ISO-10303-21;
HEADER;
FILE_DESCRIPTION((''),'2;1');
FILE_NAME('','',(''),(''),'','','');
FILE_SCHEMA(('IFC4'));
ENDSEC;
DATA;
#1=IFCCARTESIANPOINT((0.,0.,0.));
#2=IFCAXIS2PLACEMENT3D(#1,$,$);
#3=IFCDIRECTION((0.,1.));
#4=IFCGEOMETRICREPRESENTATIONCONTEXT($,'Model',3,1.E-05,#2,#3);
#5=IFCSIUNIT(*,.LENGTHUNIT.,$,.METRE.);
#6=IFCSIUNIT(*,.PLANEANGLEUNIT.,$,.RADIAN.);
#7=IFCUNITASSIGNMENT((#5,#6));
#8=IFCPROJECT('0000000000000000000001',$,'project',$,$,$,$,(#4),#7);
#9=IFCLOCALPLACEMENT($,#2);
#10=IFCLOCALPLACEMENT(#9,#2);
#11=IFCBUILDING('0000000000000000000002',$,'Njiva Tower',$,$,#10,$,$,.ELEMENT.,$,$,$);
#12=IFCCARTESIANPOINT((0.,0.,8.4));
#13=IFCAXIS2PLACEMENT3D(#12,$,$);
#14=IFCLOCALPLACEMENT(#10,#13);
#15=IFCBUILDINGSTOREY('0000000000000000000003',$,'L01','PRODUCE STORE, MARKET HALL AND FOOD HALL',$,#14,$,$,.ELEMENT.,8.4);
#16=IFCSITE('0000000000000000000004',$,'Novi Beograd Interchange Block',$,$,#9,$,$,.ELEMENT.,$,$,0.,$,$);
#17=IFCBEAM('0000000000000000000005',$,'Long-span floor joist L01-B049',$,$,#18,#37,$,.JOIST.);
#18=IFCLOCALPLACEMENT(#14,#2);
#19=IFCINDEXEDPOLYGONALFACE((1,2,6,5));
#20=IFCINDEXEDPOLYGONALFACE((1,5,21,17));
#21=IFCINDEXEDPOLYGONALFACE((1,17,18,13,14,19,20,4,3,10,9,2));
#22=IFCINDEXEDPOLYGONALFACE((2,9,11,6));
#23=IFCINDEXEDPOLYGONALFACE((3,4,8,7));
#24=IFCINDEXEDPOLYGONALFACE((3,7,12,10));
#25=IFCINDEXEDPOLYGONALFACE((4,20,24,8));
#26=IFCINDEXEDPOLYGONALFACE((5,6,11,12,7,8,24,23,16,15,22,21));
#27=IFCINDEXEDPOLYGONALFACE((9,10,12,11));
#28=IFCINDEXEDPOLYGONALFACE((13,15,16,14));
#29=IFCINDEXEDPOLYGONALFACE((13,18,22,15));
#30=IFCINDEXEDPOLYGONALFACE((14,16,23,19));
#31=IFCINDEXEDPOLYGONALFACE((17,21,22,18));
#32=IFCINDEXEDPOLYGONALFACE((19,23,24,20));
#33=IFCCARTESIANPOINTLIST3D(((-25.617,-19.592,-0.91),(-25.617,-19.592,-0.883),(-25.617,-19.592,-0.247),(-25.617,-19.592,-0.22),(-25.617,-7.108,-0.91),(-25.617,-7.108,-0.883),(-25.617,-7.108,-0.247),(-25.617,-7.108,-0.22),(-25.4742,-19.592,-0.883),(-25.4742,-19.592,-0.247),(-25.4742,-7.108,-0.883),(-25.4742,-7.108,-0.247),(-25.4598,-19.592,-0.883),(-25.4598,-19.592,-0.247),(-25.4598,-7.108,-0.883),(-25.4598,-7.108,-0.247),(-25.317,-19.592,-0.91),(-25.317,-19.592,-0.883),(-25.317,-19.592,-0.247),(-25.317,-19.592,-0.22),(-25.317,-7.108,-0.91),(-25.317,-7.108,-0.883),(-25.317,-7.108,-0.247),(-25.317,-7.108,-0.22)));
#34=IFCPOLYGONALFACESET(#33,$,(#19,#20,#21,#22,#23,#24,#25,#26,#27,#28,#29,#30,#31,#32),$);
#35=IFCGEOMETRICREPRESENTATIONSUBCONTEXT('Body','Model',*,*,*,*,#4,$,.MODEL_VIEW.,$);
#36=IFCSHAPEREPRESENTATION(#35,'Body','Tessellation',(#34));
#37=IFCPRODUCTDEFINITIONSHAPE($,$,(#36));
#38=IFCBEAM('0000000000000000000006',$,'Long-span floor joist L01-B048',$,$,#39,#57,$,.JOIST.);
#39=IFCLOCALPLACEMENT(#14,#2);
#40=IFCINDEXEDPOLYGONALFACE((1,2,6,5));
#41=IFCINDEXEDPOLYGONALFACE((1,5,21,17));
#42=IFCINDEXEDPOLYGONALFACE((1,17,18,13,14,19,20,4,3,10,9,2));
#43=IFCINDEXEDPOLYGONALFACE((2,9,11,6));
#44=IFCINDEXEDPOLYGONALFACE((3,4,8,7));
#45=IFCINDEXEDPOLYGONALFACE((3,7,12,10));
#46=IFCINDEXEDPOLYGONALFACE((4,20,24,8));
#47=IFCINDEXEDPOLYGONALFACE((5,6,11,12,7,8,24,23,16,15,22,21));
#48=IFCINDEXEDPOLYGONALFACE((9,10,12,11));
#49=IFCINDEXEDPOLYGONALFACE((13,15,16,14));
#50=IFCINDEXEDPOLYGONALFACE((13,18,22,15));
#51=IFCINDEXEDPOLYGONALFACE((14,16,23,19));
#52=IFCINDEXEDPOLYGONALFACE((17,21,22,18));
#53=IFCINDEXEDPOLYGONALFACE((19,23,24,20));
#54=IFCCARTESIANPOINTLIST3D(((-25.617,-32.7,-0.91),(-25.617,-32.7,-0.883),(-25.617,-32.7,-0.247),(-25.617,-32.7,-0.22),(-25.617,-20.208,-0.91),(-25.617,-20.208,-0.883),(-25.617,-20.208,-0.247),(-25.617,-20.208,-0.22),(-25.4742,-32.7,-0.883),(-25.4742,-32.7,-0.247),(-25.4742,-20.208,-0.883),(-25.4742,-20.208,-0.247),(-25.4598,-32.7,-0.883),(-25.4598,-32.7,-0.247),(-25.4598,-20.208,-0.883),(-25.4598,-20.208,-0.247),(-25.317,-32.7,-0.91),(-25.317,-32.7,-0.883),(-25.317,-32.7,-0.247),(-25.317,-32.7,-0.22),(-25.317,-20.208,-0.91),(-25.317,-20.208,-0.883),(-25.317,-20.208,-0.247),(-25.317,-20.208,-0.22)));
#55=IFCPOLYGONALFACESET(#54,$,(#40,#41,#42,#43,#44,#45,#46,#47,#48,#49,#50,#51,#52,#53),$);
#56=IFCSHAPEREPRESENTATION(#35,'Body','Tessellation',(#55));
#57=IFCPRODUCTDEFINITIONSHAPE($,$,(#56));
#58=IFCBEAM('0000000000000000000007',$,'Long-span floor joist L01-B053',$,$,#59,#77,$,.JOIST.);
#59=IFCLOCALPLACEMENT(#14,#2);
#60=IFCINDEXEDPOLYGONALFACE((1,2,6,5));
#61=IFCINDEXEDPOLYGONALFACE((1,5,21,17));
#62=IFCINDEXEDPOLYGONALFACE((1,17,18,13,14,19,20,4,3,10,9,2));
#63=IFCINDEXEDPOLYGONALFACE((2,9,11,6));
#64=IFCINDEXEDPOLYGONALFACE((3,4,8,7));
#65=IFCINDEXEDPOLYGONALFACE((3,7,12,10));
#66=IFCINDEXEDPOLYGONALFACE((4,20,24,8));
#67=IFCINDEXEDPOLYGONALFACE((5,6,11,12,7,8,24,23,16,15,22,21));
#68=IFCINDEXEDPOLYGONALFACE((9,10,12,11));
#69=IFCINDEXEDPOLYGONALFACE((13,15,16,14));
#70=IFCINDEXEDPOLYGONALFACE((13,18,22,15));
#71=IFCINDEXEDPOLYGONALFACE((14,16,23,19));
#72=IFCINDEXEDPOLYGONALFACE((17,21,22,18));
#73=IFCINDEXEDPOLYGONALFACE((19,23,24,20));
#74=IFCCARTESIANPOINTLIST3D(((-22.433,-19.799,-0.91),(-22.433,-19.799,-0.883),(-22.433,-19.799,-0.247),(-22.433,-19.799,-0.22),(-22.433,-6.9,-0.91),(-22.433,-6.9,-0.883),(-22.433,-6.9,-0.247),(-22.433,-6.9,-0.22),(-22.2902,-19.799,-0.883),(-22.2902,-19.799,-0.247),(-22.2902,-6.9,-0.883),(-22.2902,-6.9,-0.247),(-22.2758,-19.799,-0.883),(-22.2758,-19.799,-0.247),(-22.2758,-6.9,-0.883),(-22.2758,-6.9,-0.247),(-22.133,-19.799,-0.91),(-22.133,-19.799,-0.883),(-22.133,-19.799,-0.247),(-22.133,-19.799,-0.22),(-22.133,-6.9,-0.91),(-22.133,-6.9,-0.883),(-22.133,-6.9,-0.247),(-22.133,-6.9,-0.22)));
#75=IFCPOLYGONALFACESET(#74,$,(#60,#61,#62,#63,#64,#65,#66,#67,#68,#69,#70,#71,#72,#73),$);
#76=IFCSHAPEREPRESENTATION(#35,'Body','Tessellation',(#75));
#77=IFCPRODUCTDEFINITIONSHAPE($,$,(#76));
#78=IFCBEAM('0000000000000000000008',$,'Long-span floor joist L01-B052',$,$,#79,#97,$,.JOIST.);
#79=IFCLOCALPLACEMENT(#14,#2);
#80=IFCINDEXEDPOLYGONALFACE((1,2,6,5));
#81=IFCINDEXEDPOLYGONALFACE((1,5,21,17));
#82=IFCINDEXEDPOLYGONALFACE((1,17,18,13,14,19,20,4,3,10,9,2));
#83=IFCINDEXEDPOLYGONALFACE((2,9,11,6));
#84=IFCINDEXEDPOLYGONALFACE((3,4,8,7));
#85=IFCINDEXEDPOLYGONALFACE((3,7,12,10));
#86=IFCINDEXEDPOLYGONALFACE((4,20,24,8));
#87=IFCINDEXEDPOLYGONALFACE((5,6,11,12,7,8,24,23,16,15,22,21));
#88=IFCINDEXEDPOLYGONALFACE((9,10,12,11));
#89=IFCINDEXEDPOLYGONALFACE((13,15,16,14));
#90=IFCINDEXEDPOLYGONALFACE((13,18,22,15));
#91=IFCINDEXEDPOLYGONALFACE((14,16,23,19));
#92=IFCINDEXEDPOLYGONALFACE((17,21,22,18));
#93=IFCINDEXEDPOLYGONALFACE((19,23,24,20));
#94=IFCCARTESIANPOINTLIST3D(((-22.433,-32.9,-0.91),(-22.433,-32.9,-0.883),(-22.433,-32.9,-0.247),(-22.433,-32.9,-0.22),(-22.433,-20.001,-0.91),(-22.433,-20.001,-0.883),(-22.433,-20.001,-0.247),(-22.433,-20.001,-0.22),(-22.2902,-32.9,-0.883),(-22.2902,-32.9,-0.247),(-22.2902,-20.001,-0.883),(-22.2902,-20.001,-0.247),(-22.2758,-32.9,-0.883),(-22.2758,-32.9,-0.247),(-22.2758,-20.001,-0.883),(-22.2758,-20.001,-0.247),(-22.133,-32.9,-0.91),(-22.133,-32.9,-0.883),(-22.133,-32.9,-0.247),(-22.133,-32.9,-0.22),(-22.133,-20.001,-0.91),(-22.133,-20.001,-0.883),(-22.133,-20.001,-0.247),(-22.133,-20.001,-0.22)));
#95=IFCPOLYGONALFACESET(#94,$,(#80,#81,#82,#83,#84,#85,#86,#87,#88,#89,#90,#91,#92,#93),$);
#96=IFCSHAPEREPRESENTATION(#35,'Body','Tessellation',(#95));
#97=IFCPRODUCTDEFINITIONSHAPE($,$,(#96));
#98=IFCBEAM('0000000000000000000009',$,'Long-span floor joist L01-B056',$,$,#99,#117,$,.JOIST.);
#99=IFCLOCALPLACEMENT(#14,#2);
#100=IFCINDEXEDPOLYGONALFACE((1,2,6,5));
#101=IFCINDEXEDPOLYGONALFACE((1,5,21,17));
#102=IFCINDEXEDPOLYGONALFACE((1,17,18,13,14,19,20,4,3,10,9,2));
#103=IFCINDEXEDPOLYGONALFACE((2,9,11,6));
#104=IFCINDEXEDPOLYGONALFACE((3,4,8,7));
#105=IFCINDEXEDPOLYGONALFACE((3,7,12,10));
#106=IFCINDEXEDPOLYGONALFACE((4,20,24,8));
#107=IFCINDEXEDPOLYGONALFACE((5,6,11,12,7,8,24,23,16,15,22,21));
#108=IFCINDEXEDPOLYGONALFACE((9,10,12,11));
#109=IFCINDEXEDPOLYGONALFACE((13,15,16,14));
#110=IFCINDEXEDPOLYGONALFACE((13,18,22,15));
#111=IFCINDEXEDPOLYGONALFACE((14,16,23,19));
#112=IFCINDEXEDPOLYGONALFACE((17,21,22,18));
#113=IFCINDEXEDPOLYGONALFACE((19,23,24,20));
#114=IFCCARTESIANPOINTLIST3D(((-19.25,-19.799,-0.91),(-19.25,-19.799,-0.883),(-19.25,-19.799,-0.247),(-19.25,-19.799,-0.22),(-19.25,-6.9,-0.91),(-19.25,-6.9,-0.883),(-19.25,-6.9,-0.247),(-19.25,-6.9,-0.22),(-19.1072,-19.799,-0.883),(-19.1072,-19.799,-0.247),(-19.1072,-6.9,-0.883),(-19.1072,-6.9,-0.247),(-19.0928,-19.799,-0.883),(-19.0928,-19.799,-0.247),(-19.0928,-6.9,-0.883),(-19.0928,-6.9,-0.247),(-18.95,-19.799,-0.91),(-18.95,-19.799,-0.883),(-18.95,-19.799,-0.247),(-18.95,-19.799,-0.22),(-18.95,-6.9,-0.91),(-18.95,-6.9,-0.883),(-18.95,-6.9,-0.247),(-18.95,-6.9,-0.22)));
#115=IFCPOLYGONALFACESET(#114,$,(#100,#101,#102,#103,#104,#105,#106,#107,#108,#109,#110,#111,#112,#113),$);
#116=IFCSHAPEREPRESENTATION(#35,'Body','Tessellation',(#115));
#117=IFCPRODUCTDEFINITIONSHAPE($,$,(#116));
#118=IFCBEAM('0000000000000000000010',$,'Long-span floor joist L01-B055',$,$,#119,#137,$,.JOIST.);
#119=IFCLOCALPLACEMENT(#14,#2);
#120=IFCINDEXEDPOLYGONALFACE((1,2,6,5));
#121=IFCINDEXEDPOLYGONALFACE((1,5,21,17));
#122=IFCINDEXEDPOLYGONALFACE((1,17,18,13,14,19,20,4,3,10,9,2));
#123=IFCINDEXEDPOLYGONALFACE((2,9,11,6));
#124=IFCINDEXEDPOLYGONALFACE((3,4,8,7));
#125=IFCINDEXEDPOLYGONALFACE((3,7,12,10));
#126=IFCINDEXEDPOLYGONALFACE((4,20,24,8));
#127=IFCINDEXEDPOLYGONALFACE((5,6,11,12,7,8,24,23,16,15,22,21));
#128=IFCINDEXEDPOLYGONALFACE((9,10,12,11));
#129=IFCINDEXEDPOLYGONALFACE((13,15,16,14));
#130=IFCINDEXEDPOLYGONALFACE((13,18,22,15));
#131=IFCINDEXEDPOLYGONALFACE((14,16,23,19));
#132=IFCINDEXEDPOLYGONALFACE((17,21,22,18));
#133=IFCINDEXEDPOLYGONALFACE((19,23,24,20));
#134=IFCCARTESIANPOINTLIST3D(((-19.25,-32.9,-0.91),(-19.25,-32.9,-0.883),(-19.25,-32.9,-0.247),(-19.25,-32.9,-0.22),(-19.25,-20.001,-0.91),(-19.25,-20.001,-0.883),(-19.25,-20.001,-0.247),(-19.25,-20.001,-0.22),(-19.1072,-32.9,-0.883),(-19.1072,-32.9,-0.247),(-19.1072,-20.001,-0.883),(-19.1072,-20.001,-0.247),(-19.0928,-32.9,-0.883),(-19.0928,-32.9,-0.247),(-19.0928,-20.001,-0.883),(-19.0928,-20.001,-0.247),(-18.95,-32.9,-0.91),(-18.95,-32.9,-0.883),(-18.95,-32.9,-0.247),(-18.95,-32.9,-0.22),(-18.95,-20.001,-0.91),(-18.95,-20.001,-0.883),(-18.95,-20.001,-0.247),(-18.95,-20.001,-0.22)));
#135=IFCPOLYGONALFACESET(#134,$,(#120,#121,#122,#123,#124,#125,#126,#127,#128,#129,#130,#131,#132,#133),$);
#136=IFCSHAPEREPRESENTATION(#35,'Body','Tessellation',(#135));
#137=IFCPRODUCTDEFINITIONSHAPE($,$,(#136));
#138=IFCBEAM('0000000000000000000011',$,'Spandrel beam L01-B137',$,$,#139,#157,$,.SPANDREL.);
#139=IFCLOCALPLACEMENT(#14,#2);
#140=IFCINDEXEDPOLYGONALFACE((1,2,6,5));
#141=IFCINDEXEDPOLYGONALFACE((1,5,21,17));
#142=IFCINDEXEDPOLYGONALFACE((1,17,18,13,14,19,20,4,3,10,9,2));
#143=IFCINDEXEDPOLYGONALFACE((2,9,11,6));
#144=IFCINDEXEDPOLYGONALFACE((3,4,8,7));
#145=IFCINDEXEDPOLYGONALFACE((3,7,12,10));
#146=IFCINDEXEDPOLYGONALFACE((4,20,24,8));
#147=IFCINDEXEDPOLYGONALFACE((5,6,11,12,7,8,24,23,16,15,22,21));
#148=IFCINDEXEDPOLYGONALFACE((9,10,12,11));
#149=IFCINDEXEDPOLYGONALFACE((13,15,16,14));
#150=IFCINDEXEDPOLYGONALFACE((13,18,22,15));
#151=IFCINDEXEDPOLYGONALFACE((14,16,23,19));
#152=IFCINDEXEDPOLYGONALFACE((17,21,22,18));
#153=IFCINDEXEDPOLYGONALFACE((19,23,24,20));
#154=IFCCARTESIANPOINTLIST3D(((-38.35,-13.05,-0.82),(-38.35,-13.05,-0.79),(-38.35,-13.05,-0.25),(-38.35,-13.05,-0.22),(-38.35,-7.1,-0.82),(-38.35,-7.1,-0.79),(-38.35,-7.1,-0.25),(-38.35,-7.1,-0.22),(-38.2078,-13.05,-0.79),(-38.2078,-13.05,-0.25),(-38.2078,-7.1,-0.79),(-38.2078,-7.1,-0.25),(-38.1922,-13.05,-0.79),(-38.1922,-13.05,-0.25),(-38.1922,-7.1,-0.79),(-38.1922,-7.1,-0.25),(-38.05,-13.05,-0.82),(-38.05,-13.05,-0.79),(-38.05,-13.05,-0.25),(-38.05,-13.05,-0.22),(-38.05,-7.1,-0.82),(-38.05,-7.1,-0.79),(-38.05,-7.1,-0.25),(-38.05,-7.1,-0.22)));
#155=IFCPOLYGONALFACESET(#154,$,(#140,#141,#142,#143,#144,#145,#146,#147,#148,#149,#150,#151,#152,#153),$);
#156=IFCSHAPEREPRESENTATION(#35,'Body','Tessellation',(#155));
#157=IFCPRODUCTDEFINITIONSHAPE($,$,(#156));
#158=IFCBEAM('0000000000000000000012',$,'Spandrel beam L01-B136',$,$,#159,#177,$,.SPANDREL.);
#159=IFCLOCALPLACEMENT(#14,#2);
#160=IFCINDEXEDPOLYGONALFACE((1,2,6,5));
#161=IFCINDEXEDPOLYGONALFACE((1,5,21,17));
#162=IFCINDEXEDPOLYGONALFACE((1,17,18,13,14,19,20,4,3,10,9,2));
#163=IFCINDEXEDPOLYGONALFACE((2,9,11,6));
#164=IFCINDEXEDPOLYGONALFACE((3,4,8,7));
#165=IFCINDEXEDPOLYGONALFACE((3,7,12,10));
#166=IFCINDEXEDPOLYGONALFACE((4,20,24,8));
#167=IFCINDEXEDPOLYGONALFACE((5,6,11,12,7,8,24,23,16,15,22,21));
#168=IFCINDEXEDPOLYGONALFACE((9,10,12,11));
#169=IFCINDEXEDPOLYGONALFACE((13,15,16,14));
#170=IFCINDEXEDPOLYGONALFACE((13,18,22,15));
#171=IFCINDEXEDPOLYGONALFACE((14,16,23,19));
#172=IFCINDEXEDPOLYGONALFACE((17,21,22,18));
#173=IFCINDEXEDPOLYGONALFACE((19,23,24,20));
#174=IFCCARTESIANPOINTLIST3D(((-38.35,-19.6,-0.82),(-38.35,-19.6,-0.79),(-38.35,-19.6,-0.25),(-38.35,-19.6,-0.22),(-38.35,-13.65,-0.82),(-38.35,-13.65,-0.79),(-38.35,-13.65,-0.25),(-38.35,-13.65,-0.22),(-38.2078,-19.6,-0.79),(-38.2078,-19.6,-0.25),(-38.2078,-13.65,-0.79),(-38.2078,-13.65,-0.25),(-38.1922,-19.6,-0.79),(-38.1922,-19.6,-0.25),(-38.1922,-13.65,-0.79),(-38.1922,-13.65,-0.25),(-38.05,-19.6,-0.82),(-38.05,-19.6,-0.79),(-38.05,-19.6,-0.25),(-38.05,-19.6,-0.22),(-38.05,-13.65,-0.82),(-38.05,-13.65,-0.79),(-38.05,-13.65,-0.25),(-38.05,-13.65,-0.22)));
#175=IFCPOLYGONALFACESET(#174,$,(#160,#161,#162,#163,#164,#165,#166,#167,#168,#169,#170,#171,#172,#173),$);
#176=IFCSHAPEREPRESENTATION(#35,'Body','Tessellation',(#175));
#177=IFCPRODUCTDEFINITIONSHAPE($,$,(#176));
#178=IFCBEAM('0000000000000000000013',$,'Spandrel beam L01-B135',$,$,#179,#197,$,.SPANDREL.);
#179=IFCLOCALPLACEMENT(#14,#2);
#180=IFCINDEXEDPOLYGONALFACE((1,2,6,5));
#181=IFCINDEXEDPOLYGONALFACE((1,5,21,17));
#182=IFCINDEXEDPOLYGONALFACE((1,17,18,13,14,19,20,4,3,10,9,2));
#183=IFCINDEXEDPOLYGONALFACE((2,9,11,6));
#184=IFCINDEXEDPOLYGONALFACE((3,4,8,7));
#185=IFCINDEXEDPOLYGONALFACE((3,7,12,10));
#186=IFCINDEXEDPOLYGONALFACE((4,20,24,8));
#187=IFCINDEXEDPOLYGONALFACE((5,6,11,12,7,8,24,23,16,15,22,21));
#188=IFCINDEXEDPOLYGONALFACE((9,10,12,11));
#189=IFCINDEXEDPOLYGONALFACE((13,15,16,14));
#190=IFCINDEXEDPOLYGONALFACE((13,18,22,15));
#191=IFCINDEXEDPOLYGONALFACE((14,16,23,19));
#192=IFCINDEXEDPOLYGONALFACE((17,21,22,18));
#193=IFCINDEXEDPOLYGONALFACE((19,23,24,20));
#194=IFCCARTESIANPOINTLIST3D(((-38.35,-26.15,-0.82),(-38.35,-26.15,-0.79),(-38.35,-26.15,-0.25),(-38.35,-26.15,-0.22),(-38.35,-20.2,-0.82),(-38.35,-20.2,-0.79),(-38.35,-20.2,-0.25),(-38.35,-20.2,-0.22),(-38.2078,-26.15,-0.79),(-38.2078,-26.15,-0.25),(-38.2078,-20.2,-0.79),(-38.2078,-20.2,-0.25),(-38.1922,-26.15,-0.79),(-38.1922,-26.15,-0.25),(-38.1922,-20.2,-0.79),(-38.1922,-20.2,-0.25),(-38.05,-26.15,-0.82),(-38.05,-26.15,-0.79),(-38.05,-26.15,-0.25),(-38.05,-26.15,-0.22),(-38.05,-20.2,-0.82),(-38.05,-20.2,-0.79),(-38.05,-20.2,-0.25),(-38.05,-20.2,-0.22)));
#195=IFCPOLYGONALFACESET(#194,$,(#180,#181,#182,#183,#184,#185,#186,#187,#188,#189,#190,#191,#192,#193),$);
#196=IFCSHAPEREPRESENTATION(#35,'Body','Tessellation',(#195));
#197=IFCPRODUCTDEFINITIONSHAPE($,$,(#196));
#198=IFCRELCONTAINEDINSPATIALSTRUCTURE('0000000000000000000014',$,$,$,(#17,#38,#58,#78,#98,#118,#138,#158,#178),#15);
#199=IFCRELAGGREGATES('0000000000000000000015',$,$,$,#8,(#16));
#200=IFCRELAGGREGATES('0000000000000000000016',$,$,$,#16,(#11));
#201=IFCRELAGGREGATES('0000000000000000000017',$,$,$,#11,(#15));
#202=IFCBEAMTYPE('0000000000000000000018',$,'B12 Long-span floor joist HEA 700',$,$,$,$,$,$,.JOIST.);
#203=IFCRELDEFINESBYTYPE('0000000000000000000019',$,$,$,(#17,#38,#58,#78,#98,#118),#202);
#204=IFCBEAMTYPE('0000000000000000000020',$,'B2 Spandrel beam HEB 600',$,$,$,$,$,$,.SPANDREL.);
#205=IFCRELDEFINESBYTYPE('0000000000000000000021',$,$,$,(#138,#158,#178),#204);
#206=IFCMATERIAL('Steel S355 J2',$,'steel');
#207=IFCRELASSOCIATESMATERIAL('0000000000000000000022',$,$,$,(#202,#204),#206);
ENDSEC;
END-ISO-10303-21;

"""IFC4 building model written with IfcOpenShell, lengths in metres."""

from ifc_helpers import new_model, si_unit, direction, frame, origin, origin_2d, place, context, subcontext, project, spatial, i_section, extrude, material, material_profile, profile_set, type_object, element, save


model = new_model("IFC4")

# Units and contexts
model_context = context("Model", 3, precision=1e-05, world=origin(), true_north=direction((0.0, 1.0)))
body_context = subcontext(model_context, "Body", "Model", "MODEL_VIEW")
ifc_project = project(units=[si_unit("LENGTHUNIT", "METRE"), si_unit("PLANEANGLEUNIT", "RADIAN")], contexts=[model_context])

# Site, building, storey
site_placement = place(None, origin())
site = spatial("IfcSite", under=ifc_project, at=site_placement, Name="Novi Beograd Interchange Block", CompositionType="ELEMENT", RefElevation=0.0)
building_placement = place(site_placement, origin())
building = spatial("IfcBuilding", under=site, at=building_placement, Name="Njiva Tower", CompositionType="ELEMENT")
storey_placement = place(building_placement, frame((0.0, 0.0, 8.4)))
storey = spatial("IfcBuildingStorey", under=building, at=storey_placement, Name="L01", Description="PRODUCE STORE, MARKET HALL AND FOOD HALL", CompositionType="ELEMENT", Elevation=8.4)

# Shared definitions
ifc_material_1 = material(Name="Steel S355 J2", Category="steel")

# Beams
ifc_material_profile_1 = material_profile(ifc_material_1, i_section(OverallWidth=0.3, OverallDepth=0.69, WebThickness=0.0145, FlangeThickness=0.027, at=origin_2d()), Name="HEA 700")
ifc_profile_set_1 = profile_set([ifc_material_profile_1], Name="Steel S355 J2")
beam_type_1 = type_object("IfcBeamType", Name="B12 Long-span floor joist HEA 700", PredefinedType="JOIST", material=ifc_profile_set_1)
beam_1_placement = place(storey_placement, frame((-25.467, -7.108, -0.565), z_axis=(0.0, -1.0, 0.0), x_axis=(1.0, 0.0, 0.0)))
element("IfcBeam", 1, at=beam_1_placement, inside=storey, type_object=beam_type_1, Name="Long-span floor joist L01-B049", PredefinedType="JOIST", context=body_context, shape_type="SweptSolid", body=[
    extrude(i_section(OverallWidth=0.3, OverallDepth=0.69, WebThickness=0.0145, FlangeThickness=0.027, at=origin_2d()), origin(), (0.0, 0.0, 1.0), 12.484),
])
beam_2_placement = place(storey_placement, frame((-25.467, -20.208, -0.565), z_axis=(0.0, -1.0, 0.0), x_axis=(1.0, 0.0, 0.0)))
element("IfcBeam", 2, at=beam_2_placement, inside=storey, type_object=beam_type_1, Name="Long-span floor joist L01-B048", PredefinedType="JOIST", context=body_context, shape_type="SweptSolid", body=[
    extrude(i_section(OverallWidth=0.3, OverallDepth=0.69, WebThickness=0.0145, FlangeThickness=0.027, at=origin_2d()), origin(), (0.0, 0.0, 1.0), 12.492),
])
for number, where, z_axis, x_axis, name in (
    (3, (-22.283, -6.9, -0.565), (0.0, -1.0, 0.0), (1.0, 0.0, 0.0), "Long-span floor joist L01-B053"),
    (4, (-22.283, -20.001, -0.565), (0.0, -1.0, 0.0), (1.0, 0.0, 0.0), "Long-span floor joist L01-B052"),
    (5, (-19.1, -6.9, -0.565), (0.0, -1.0, 0.0), (1.0, 0.0, 0.0), "Long-span floor joist L01-B056"),
    (6, (-19.1, -20.001, -0.565), (0.0, -1.0, 0.0), (1.0, 0.0, 0.0), "Long-span floor joist L01-B055"),
):
    element("IfcBeam", number, at=place(storey_placement, frame(where, z_axis=z_axis, x_axis=x_axis)), inside=storey, type_object=beam_type_1, Name=name, PredefinedType="JOIST", context=body_context, shape_type="SweptSolid", body=[
        extrude(i_section(OverallWidth=0.3, OverallDepth=0.69, WebThickness=0.0145, FlangeThickness=0.027, at=origin_2d()), origin(), (0.0, 0.0, 1.0), 12.899),
    ])
ifc_material_profile_2 = material_profile(ifc_material_1, i_section(OverallWidth=0.3, OverallDepth=0.6, WebThickness=0.0155, FlangeThickness=0.03, at=origin_2d()), Name="HEB 600")
ifc_profile_set_2 = profile_set([ifc_material_profile_2], Name="Steel S355 J2")
beam_type_2 = type_object("IfcBeamType", Name="B2 Spandrel beam HEB 600", PredefinedType="SPANDREL", material=ifc_profile_set_2)
for number, where, z_axis, x_axis, name in (
    (7, (-38.2, -7.1, -0.52), (0.0, -1.0, 0.0), (1.0, 0.0, 0.0), "Spandrel beam L01-B137"),
    (8, (-38.2, -13.65, -0.52), (0.0, -1.0, 0.0), (1.0, 0.0, 0.0), "Spandrel beam L01-B136"),
    (9, (-38.2, -20.2, -0.52), (0.0, -1.0, 0.0), (1.0, 0.0, 0.0), "Spandrel beam L01-B135"),
):
    element("IfcBeam", number, at=place(storey_placement, frame(where, z_axis=z_axis, x_axis=x_axis)), inside=storey, type_object=beam_type_2, Name=name, PredefinedType="SPANDREL", context=body_context, shape_type="SweptSolid", body=[
        extrude(i_section(OverallWidth=0.3, OverallDepth=0.6, WebThickness=0.0155, FlangeThickness=0.03, at=origin_2d()), origin(), (0.0, 0.0, 1.0), 5.95),
    ])

save(model, "model.ifc")
